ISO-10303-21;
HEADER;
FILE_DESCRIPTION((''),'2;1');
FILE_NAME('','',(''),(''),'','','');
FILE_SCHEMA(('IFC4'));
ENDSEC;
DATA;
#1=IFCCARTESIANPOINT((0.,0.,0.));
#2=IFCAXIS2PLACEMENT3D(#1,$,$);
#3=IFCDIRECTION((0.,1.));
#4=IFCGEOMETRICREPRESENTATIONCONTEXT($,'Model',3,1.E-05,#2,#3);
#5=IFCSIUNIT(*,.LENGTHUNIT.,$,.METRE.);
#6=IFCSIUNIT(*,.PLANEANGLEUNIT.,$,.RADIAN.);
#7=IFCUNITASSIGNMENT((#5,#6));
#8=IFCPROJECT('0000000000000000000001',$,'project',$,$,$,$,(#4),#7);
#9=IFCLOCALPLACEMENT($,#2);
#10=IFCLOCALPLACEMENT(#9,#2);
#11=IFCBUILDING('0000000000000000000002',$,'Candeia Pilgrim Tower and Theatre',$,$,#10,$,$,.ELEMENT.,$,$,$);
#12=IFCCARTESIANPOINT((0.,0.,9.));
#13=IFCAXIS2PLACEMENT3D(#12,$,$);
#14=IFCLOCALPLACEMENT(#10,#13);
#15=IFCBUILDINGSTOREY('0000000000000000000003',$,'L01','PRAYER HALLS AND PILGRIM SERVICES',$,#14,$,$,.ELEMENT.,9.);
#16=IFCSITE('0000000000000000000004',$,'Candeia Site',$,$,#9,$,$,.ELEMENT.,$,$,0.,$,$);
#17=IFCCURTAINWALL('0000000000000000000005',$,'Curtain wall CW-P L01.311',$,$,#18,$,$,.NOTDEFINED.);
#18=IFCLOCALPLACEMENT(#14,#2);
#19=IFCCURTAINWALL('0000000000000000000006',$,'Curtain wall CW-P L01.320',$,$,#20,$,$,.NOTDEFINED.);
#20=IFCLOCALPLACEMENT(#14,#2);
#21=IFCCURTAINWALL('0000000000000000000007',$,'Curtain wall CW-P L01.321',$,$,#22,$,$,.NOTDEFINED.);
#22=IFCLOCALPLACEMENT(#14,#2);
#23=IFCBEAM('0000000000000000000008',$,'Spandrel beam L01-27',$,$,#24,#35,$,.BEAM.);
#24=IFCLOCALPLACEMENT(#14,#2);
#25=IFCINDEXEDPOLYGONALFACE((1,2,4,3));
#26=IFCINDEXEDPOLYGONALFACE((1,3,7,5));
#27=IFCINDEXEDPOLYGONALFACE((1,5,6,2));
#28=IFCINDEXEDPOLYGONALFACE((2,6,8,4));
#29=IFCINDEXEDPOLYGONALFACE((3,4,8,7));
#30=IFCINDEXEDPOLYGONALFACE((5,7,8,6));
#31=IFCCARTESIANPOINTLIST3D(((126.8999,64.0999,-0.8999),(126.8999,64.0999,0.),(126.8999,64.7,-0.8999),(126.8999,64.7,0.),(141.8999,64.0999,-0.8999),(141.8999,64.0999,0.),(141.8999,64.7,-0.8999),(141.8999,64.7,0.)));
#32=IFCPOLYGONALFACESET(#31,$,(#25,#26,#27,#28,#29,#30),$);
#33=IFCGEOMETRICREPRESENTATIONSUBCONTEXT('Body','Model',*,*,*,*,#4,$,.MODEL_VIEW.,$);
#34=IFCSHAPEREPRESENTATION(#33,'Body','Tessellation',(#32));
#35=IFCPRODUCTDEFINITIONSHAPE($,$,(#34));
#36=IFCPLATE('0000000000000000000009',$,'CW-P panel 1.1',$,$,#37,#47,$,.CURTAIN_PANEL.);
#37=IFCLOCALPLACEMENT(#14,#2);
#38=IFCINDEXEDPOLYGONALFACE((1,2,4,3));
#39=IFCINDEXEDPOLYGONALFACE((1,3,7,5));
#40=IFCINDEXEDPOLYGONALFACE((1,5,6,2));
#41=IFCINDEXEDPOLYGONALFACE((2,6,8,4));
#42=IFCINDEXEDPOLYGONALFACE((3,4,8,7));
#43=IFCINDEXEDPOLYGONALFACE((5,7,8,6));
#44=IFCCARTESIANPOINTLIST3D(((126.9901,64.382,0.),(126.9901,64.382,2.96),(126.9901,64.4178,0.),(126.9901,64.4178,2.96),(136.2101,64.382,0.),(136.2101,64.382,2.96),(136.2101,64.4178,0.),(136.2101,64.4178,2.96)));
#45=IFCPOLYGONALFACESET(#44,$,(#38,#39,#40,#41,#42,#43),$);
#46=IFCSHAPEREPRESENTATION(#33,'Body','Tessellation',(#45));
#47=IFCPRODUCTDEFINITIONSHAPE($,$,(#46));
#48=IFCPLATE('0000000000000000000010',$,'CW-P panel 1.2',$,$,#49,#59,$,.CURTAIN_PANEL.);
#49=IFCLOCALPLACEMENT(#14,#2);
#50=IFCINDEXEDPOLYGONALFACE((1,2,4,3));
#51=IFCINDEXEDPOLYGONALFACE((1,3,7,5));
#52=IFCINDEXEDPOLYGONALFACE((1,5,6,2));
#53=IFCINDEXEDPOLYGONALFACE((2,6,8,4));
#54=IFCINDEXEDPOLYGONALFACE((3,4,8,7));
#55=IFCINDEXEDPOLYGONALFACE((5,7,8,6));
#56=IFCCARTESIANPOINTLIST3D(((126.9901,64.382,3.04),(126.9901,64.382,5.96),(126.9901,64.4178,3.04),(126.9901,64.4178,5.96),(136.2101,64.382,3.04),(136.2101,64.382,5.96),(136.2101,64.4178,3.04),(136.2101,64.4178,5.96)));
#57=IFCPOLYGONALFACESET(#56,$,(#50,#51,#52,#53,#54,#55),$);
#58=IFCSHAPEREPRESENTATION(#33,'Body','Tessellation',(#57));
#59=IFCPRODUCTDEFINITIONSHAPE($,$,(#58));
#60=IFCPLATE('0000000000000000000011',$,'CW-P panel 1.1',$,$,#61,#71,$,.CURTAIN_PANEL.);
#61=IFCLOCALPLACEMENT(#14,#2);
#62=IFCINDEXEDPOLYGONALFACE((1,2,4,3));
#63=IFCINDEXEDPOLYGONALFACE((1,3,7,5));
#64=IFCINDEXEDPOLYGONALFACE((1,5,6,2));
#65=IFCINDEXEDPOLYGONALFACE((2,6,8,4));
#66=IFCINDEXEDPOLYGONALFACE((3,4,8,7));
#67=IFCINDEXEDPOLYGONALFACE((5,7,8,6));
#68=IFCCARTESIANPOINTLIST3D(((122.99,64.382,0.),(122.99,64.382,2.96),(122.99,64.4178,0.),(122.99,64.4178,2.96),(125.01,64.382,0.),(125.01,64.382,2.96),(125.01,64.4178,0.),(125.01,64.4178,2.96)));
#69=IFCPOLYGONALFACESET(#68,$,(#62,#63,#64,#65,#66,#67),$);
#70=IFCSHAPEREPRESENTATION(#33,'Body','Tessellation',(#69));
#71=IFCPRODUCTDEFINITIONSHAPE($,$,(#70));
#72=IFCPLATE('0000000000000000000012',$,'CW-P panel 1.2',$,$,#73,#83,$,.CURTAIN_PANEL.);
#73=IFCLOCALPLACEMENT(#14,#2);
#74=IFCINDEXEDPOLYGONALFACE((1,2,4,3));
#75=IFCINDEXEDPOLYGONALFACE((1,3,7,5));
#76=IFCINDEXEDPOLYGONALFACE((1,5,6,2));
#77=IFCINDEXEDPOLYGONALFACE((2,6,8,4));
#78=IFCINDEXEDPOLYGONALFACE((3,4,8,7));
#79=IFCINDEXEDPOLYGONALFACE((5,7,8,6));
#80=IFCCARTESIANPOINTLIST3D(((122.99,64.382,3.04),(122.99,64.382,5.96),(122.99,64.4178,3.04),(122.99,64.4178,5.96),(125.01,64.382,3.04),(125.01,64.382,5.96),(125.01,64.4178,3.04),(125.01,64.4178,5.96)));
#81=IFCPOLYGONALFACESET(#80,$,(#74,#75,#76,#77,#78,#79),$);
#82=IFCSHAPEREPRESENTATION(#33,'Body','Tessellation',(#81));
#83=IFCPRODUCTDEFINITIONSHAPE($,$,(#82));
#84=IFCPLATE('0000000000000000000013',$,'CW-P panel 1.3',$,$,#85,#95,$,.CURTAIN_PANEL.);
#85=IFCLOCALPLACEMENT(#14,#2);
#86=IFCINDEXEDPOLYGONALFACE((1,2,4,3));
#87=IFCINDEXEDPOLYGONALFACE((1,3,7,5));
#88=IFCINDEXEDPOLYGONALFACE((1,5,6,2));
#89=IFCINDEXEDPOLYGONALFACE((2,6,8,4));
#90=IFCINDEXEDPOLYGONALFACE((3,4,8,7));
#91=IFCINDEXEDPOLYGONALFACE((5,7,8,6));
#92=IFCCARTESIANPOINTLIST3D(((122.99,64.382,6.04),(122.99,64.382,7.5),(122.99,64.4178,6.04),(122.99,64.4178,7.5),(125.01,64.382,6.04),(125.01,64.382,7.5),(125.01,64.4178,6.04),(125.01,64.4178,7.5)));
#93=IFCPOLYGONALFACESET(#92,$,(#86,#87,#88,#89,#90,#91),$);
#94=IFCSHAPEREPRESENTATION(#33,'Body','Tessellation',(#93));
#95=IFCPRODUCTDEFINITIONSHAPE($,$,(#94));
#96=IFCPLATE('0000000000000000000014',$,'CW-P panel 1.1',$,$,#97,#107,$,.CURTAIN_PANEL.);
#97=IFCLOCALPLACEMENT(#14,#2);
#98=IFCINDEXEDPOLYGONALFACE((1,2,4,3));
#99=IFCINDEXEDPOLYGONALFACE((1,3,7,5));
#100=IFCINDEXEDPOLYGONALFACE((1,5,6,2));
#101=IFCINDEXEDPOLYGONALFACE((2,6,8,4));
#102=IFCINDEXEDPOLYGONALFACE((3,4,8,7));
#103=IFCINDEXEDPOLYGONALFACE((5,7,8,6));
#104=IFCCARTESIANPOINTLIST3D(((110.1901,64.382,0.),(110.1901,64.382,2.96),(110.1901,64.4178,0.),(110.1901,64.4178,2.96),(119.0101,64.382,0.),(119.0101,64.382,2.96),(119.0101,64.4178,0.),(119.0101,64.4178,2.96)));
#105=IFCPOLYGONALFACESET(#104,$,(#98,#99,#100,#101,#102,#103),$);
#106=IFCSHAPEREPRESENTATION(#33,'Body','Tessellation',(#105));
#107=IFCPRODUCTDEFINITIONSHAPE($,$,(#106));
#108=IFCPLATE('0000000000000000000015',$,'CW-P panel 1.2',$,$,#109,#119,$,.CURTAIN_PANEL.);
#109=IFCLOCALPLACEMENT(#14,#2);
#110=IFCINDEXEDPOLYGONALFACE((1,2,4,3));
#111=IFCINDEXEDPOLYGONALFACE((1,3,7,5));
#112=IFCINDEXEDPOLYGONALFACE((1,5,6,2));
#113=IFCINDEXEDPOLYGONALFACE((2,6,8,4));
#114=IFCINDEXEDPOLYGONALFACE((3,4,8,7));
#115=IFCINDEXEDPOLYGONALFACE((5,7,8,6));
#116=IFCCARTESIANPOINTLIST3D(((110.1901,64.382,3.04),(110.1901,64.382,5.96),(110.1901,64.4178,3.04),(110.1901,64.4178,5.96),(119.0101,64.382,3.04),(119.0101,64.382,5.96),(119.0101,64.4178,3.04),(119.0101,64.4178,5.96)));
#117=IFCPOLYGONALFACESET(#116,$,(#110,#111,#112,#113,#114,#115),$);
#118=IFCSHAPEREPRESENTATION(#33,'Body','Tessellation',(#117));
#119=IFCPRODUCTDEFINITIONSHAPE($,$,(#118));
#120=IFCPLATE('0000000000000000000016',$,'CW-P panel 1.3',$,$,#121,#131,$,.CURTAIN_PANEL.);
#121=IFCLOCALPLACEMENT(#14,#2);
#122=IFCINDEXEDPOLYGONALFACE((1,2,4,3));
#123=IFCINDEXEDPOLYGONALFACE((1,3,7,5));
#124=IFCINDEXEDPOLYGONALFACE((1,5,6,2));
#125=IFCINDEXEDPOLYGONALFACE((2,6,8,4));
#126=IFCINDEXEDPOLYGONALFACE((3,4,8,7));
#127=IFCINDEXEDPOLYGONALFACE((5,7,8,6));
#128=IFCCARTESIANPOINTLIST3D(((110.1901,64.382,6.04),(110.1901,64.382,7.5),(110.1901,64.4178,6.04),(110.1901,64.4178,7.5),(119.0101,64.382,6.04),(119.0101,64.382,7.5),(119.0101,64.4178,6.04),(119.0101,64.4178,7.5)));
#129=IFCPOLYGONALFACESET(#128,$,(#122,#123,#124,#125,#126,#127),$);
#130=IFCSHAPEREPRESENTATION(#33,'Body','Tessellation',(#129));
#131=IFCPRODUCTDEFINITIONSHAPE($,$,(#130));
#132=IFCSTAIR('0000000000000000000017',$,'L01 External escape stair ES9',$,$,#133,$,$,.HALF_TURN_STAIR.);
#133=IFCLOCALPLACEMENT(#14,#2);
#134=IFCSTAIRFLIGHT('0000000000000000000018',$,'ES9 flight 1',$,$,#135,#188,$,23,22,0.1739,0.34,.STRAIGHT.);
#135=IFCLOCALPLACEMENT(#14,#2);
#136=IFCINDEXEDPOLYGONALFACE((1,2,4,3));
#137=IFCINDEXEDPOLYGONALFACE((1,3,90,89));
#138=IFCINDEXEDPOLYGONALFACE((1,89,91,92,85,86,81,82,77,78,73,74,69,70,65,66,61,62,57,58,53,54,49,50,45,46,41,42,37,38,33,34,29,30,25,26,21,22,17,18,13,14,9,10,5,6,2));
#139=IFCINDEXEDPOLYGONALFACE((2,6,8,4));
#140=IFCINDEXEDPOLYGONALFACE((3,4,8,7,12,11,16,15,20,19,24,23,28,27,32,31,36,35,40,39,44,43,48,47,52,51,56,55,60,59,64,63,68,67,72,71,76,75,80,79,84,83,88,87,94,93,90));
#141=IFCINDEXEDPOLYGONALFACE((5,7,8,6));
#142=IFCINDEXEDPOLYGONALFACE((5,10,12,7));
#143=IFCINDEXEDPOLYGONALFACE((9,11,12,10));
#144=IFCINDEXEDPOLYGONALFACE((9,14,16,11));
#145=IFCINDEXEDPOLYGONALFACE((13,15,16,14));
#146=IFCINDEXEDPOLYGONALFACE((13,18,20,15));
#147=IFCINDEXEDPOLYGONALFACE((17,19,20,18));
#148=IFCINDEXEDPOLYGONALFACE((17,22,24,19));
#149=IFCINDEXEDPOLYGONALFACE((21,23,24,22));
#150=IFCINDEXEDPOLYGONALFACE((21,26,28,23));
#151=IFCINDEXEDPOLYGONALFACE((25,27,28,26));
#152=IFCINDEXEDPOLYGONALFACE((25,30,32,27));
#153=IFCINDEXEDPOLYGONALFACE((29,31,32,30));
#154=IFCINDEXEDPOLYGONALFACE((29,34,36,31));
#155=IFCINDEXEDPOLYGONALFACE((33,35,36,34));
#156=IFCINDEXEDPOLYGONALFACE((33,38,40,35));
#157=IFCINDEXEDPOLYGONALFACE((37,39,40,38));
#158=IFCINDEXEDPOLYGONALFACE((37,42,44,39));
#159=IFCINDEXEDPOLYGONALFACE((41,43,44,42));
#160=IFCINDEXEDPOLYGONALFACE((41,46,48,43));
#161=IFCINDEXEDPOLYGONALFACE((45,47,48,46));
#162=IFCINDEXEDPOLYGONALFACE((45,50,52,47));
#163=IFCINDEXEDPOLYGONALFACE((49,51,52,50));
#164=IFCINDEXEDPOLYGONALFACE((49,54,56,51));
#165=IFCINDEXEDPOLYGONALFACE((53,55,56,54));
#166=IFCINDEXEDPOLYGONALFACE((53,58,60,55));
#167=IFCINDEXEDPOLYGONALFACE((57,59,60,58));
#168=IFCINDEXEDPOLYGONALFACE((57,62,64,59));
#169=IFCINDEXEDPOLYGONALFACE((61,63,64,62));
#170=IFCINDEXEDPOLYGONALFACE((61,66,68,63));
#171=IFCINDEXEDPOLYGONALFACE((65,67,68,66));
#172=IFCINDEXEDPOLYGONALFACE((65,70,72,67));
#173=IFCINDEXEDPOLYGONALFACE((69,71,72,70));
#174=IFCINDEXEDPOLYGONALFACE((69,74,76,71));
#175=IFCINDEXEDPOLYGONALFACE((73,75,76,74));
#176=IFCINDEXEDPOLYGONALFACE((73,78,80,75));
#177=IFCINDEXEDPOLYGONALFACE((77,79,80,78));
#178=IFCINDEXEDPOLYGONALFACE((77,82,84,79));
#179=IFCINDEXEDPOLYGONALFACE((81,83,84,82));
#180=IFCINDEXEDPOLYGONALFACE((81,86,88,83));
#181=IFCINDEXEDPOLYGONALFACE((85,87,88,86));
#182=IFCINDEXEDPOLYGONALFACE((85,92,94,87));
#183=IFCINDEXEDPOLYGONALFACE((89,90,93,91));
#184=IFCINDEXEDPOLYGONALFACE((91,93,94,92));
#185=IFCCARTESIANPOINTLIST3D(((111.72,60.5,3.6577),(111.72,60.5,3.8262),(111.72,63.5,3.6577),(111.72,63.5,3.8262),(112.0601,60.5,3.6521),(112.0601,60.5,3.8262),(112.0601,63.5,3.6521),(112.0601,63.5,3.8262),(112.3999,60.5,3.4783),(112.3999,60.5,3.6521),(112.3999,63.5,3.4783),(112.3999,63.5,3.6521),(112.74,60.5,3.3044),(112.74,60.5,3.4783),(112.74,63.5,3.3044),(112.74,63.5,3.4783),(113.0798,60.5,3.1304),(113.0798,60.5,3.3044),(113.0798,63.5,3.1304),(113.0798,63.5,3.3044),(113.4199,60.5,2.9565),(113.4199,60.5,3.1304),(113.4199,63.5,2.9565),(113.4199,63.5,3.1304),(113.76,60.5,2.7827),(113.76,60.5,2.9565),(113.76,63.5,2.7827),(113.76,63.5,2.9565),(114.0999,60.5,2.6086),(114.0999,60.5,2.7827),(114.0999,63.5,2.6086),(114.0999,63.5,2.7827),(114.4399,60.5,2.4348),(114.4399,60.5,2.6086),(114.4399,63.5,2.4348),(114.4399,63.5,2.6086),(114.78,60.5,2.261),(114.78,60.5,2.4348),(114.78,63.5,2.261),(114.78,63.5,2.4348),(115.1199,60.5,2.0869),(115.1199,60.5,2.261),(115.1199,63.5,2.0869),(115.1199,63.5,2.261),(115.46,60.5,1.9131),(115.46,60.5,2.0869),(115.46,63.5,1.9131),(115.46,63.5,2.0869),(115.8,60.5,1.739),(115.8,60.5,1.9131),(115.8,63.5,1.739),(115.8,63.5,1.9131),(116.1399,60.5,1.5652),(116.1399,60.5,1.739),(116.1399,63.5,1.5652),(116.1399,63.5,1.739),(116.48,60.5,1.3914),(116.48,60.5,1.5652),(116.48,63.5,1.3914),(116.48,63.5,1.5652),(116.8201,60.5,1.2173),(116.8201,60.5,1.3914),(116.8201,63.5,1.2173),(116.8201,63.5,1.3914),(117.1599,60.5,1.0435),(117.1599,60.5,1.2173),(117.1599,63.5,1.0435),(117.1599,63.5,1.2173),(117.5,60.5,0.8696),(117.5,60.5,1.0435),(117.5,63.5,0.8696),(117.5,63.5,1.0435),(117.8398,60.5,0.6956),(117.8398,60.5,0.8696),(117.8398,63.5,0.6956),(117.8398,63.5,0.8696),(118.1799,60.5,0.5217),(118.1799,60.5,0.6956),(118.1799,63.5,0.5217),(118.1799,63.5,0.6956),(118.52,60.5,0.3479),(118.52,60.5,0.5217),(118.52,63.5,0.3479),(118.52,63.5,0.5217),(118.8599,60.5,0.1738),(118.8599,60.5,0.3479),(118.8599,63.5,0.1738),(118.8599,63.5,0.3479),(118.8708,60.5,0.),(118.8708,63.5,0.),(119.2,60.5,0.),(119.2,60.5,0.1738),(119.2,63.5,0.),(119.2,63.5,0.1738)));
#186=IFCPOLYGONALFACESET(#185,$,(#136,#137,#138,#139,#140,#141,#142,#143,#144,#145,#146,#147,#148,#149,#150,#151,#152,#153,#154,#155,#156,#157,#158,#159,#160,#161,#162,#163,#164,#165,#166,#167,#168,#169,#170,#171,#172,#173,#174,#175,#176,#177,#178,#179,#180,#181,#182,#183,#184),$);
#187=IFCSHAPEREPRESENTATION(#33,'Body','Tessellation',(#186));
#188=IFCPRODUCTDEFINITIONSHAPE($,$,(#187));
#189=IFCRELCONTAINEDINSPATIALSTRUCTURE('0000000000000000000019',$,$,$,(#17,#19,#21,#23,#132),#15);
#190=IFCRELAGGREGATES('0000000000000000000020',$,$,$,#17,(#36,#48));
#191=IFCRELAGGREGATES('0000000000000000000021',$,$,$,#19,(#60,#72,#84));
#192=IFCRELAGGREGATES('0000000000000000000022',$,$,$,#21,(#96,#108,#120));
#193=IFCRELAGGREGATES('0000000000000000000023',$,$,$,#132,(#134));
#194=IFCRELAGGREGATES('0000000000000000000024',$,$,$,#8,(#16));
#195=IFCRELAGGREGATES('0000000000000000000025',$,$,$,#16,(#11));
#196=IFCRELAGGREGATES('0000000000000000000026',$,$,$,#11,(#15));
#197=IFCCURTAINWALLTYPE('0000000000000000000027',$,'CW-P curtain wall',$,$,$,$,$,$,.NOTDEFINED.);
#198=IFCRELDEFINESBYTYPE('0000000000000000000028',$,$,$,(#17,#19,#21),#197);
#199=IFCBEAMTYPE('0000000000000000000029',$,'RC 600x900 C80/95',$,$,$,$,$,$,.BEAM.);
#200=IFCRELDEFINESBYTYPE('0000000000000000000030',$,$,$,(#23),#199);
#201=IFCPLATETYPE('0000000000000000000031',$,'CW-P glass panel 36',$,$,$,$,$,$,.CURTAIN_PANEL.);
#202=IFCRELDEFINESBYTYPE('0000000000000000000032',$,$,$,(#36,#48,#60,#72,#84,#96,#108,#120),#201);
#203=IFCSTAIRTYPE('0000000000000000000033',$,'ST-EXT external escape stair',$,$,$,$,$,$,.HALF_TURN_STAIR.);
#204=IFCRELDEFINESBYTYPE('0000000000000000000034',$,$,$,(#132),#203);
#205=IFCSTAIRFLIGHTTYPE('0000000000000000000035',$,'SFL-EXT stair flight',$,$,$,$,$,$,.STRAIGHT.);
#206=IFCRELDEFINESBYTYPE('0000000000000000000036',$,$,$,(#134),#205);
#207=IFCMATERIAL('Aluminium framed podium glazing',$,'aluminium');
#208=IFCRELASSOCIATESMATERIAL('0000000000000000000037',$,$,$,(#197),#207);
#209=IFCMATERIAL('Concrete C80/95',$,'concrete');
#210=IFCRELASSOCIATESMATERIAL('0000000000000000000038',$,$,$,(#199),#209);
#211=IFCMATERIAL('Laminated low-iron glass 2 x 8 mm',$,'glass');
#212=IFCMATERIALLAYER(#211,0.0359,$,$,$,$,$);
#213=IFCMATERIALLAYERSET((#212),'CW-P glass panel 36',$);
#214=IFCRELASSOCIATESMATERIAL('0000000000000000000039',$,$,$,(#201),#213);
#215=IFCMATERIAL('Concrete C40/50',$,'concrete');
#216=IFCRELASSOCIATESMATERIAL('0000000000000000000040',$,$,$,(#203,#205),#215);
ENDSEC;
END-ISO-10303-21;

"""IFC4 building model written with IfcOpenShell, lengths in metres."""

from ifc_helpers import new_model, si_unit, direction, frame, origin, origin_2d, place, context, subcontext, project, spatial, polyline, rectangle, outline, extrude, material, layer, layer_set, material_profile, profile_set, type_object, element, aggregate, save


model = new_model("IFC4")

# Units and contexts
model_context = context("Model", 3, precision=1e-05, world=origin(), true_north=direction((0.0, 1.0)))
body_context = subcontext(model_context, "Body", "Model", "MODEL_VIEW")
ifc_project = project(units=[si_unit("LENGTHUNIT", "METRE"), si_unit("PLANEANGLEUNIT", "RADIAN")], contexts=[model_context])

# Site, building, storey
site_placement = place(None, origin())
site = spatial("IfcSite", under=ifc_project, at=site_placement, Name="Candeia Site", CompositionType="ELEMENT", RefElevation=0.0)
building_placement = place(site_placement, origin())
building = spatial("IfcBuilding", under=site, at=building_placement, Name="Candeia Pilgrim Tower and Theatre", CompositionType="ELEMENT")
storey_placement = place(building_placement, frame((0.0, 0.0, 9.0)))
storey = spatial("IfcBuildingStorey", under=building, at=storey_placement, Name="L01", Description="PRAYER HALLS AND PILGRIM SERVICES", CompositionType="ELEMENT", Elevation=9.0)

# Shared definitions
ifc_material_1 = material(Name="Concrete C40/50", Category="concrete")
ifc_material_2 = material(Name="Concrete C80/95", Category="concrete")

# Curtain wall
ifc_material_3 = material(Name="Aluminium framed podium glazing", Category="aluminium")
curtain_wall_type = type_object("IfcCurtainWallType", Name="CW-P curtain wall", PredefinedType="NOTDEFINED", material=ifc_material_3)
curtain_wall_1_placement = place(storey_placement, origin())
curtain_wall_1 = element("IfcCurtainWall", 1, at=curtain_wall_1_placement, inside=storey, type_object=curtain_wall_type, Name="Curtain wall CW-P L01.311", PredefinedType="NOTDEFINED")

# Curtain wall
curtain_wall_2_placement = place(storey_placement, origin())
curtain_wall_2 = element("IfcCurtainWall", 2, at=curtain_wall_2_placement, inside=storey, type_object=curtain_wall_type, Name="Curtain wall CW-P L01.320", PredefinedType="NOTDEFINED")

# Curtain wall
curtain_wall_3_placement = place(storey_placement, origin())
curtain_wall_3 = element("IfcCurtainWall", 3, at=curtain_wall_3_placement, inside=storey, type_object=curtain_wall_type, Name="Curtain wall CW-P L01.321", PredefinedType="NOTDEFINED")

# Beam
ifc_material_profile_1 = material_profile(ifc_material_2, rectangle(XDim=0.6001, YDim=0.8999, at=origin_2d()))
ifc_profile_set_1 = profile_set([ifc_material_profile_1], Name="Concrete C80/95")
beam_type = type_object("IfcBeamType", Name="RC 600x900 C80/95", PredefinedType="BEAM", material=ifc_profile_set_1)
beam_placement = place(storey_placement, frame((126.8999, 64.3999, -0.45), z_axis=(1.0, 0.0, 0.0), x_axis=(0.0, 1.0, 0.0)))
element("IfcBeam", 4, at=beam_placement, inside=storey, type_object=beam_type, Name="Spandrel beam L01-27", PredefinedType="BEAM", context=body_context, shape_type="SweptSolid", body=[
    extrude(rectangle(XDim=0.6001, YDim=0.8999, at=origin_2d()), origin(), (0.0, 0.0, 1.0), 15.0),
])

# Plates
ifc_material_4 = material(Name="Laminated low-iron glass 2 x 8 mm", Category="glass")
ifc_layer_1 = layer(ifc_material_4, 0.0359)
ifc_layer_set_1 = layer_set([ifc_layer_1], Name="CW-P glass panel 36")
plate_type = type_object("IfcPlateType", Name="CW-P glass panel 36", PredefinedType="CURTAIN_PANEL", material=ifc_layer_set_1)
plate_1_placement = place(storey_placement, frame((131.6001, 64.3999, 0.0), z_axis=(0.0, 0.0, 1.0), x_axis=(-1.0, 0.0, 0.0)))
plate_1 = element("IfcPlate", 5, at=plate_1_placement, type_object=plate_type, Name="CW-P panel 1.1", PredefinedType="CURTAIN_PANEL", context=body_context, shape_type="SweptSolid", body=[
    extrude(rectangle(XDim=9.22, YDim=0.0359, at=origin_2d()), origin(), (0.0, 0.0, 1.0), 2.96),
])
plate_2_placement = place(storey_placement, frame((131.6001, 64.3999, 3.04), z_axis=(0.0, 0.0, 1.0), x_axis=(-1.0, 0.0, 0.0)))
plate_2 = element("IfcPlate", 6, at=plate_2_placement, type_object=plate_type, Name="CW-P panel 1.2", PredefinedType="CURTAIN_PANEL", context=body_context, shape_type="SweptSolid", body=[
    extrude(rectangle(XDim=9.22, YDim=0.0359, at=origin_2d()), origin(), (0.0, 0.0, 1.0), 2.9199),
])
aggregate(curtain_wall_1, [plate_1, plate_2])
plate_3_placement = place(storey_placement, frame((124.0, 64.3999, 0.0), z_axis=(0.0, 0.0, 1.0), x_axis=(-1.0, 0.0, 0.0)))
plate_3 = element("IfcPlate", 7, at=plate_3_placement, type_object=plate_type, Name="CW-P panel 1.1", PredefinedType="CURTAIN_PANEL", context=body_context, shape_type="SweptSolid", body=[
    extrude(rectangle(XDim=2.02, YDim=0.0359, at=origin_2d()), origin(), (0.0, 0.0, 1.0), 2.96),
])
plate_4_placement = place(storey_placement, frame((124.0, 64.3999, 3.04), z_axis=(0.0, 0.0, 1.0), x_axis=(-1.0, 0.0, 0.0)))
plate_4 = element("IfcPlate", 8, at=plate_4_placement, type_object=plate_type, Name="CW-P panel 1.2", PredefinedType="CURTAIN_PANEL", context=body_context, shape_type="SweptSolid", body=[
    extrude(rectangle(XDim=2.02, YDim=0.0359, at=origin_2d()), origin(), (0.0, 0.0, 1.0), 2.9199),
])
plate_5_placement = place(storey_placement, frame((124.0, 64.3999, 6.04), z_axis=(0.0, 0.0, 1.0), x_axis=(-1.0, 0.0, 0.0)))
plate_5 = element("IfcPlate", 9, at=plate_5_placement, type_object=plate_type, Name="CW-P panel 1.3", PredefinedType="CURTAIN_PANEL", context=body_context, shape_type="SweptSolid", body=[
    extrude(rectangle(XDim=2.02, YDim=0.0359, at=origin_2d()), origin(), (0.0, 0.0, 1.0), 1.46),
])
aggregate(curtain_wall_2, [plate_3, plate_4, plate_5])
plate_6_placement = place(storey_placement, frame((114.6001, 64.3999, 0.0), z_axis=(0.0, 0.0, 1.0), x_axis=(-1.0, 0.0, 0.0)))
plate_6 = element("IfcPlate", 10, at=plate_6_placement, type_object=plate_type, Name="CW-P panel 1.1", PredefinedType="CURTAIN_PANEL", context=body_context, shape_type="SweptSolid", body=[
    extrude(rectangle(XDim=8.8201, YDim=0.0359, at=origin_2d()), origin(), (0.0, 0.0, 1.0), 2.96),
])
plate_7_placement = place(storey_placement, frame((114.6001, 64.3999, 3.04), z_axis=(0.0, 0.0, 1.0), x_axis=(-1.0, 0.0, 0.0)))
plate_7 = element("IfcPlate", 11, at=plate_7_placement, type_object=plate_type, Name="CW-P panel 1.2", PredefinedType="CURTAIN_PANEL", context=body_context, shape_type="SweptSolid", body=[
    extrude(rectangle(XDim=8.8201, YDim=0.0359, at=origin_2d()), origin(), (0.0, 0.0, 1.0), 2.9199),
])
plate_8_placement = place(storey_placement, frame((114.6001, 64.3999, 6.04), z_axis=(0.0, 0.0, 1.0), x_axis=(-1.0, 0.0, 0.0)))
plate_8 = element("IfcPlate", 12, at=plate_8_placement, type_object=plate_type, Name="CW-P panel 1.3", PredefinedType="CURTAIN_PANEL", context=body_context, shape_type="SweptSolid", body=[
    extrude(rectangle(XDim=8.8201, YDim=0.0359, at=origin_2d()), origin(), (0.0, 0.0, 1.0), 1.46),
])
aggregate(curtain_wall_3, [plate_6, plate_7, plate_8])

# Stair, stair flight
stair_type = type_object("IfcStairType", Name="ST-EXT external escape stair", PredefinedType="HALF_TURN_STAIR", material=ifc_material_1)
stair_1_placement = place(storey_placement, origin())
stair_1 = element("IfcStair", 13, at=stair_1_placement, inside=storey, type_object=stair_type, Name="L01 External escape stair ES9", PredefinedType="HALF_TURN_STAIR")
stair_flight_type = type_object("IfcStairFlightType", Name="SFL-EXT stair flight", PredefinedType="STRAIGHT", material=ifc_material_1)
stair_flight_1_placement = place(storey_placement, frame((119.2, 62.0, 0.0), z_axis=(0.0, 0.0, 1.0), x_axis=(-1.0, 0.0, 0.0)))
stair_flight_1 = element("IfcStairFlight", 14, at=stair_flight_1_placement, type_object=stair_flight_type, Name="ES9 flight 1", NumberOfRisers=23, NumberOfTreads=22, PredefinedType="STRAIGHT", RiserHeight=0.1739, TreadLength=0.34, context=body_context, shape_type="SweptSolid", body=[
    extrude(outline(polyline([(0.0, 0.0), (0.0, 0.1738), (0.3401, 0.1738), (0.3401, 0.3479), (0.6799, 0.3479), (0.6799, 0.5217), (1.02, 0.5217), (1.02, 0.6956), (1.3601, 0.6956), (1.3601, 0.8696), (1.7, 0.8696), (1.7, 1.0435), (2.04, 1.0435), (2.04, 1.2173), (2.3799, 1.2173), (2.3799, 1.3914), (2.72, 1.3914), (2.72, 1.5652), (3.0601, 1.5652), (3.0601, 1.739), (3.3999, 1.739), (3.3999, 1.9131), (3.74, 1.9131), (3.74, 2.0869), (4.0801, 2.0869), (4.0801, 2.261), (4.4199, 2.261), (4.4199, 2.4348), (4.76, 2.4348), (4.76, 2.6086), (5.1001, 2.6086), (5.1001, 2.7827), (5.4399, 2.7827), (5.4399, 2.9565), (5.78, 2.9565), (5.78, 3.1304), (6.1201, 3.1304), (6.1201, 3.3044), (6.46, 3.3044), (6.46, 3.4783), (6.8, 3.4783), (6.8, 3.6521), (7.1399, 3.6521), (7.1399, 3.8262), (7.48, 3.8262), (7.48, 4.0), (7.48, 3.6577), (0.3291, 0.0), (0.0, 0.0)])), frame((0.0, 1.5, 0.0), z_axis=(0.0, -1.0, 0.0), x_axis=(1.0, 0.0, 0.0)), (0.0, 0.0, 1.0), 3.0),
])
aggregate(stair_1, [stair_flight_1])

save(model, "model.ifc")
